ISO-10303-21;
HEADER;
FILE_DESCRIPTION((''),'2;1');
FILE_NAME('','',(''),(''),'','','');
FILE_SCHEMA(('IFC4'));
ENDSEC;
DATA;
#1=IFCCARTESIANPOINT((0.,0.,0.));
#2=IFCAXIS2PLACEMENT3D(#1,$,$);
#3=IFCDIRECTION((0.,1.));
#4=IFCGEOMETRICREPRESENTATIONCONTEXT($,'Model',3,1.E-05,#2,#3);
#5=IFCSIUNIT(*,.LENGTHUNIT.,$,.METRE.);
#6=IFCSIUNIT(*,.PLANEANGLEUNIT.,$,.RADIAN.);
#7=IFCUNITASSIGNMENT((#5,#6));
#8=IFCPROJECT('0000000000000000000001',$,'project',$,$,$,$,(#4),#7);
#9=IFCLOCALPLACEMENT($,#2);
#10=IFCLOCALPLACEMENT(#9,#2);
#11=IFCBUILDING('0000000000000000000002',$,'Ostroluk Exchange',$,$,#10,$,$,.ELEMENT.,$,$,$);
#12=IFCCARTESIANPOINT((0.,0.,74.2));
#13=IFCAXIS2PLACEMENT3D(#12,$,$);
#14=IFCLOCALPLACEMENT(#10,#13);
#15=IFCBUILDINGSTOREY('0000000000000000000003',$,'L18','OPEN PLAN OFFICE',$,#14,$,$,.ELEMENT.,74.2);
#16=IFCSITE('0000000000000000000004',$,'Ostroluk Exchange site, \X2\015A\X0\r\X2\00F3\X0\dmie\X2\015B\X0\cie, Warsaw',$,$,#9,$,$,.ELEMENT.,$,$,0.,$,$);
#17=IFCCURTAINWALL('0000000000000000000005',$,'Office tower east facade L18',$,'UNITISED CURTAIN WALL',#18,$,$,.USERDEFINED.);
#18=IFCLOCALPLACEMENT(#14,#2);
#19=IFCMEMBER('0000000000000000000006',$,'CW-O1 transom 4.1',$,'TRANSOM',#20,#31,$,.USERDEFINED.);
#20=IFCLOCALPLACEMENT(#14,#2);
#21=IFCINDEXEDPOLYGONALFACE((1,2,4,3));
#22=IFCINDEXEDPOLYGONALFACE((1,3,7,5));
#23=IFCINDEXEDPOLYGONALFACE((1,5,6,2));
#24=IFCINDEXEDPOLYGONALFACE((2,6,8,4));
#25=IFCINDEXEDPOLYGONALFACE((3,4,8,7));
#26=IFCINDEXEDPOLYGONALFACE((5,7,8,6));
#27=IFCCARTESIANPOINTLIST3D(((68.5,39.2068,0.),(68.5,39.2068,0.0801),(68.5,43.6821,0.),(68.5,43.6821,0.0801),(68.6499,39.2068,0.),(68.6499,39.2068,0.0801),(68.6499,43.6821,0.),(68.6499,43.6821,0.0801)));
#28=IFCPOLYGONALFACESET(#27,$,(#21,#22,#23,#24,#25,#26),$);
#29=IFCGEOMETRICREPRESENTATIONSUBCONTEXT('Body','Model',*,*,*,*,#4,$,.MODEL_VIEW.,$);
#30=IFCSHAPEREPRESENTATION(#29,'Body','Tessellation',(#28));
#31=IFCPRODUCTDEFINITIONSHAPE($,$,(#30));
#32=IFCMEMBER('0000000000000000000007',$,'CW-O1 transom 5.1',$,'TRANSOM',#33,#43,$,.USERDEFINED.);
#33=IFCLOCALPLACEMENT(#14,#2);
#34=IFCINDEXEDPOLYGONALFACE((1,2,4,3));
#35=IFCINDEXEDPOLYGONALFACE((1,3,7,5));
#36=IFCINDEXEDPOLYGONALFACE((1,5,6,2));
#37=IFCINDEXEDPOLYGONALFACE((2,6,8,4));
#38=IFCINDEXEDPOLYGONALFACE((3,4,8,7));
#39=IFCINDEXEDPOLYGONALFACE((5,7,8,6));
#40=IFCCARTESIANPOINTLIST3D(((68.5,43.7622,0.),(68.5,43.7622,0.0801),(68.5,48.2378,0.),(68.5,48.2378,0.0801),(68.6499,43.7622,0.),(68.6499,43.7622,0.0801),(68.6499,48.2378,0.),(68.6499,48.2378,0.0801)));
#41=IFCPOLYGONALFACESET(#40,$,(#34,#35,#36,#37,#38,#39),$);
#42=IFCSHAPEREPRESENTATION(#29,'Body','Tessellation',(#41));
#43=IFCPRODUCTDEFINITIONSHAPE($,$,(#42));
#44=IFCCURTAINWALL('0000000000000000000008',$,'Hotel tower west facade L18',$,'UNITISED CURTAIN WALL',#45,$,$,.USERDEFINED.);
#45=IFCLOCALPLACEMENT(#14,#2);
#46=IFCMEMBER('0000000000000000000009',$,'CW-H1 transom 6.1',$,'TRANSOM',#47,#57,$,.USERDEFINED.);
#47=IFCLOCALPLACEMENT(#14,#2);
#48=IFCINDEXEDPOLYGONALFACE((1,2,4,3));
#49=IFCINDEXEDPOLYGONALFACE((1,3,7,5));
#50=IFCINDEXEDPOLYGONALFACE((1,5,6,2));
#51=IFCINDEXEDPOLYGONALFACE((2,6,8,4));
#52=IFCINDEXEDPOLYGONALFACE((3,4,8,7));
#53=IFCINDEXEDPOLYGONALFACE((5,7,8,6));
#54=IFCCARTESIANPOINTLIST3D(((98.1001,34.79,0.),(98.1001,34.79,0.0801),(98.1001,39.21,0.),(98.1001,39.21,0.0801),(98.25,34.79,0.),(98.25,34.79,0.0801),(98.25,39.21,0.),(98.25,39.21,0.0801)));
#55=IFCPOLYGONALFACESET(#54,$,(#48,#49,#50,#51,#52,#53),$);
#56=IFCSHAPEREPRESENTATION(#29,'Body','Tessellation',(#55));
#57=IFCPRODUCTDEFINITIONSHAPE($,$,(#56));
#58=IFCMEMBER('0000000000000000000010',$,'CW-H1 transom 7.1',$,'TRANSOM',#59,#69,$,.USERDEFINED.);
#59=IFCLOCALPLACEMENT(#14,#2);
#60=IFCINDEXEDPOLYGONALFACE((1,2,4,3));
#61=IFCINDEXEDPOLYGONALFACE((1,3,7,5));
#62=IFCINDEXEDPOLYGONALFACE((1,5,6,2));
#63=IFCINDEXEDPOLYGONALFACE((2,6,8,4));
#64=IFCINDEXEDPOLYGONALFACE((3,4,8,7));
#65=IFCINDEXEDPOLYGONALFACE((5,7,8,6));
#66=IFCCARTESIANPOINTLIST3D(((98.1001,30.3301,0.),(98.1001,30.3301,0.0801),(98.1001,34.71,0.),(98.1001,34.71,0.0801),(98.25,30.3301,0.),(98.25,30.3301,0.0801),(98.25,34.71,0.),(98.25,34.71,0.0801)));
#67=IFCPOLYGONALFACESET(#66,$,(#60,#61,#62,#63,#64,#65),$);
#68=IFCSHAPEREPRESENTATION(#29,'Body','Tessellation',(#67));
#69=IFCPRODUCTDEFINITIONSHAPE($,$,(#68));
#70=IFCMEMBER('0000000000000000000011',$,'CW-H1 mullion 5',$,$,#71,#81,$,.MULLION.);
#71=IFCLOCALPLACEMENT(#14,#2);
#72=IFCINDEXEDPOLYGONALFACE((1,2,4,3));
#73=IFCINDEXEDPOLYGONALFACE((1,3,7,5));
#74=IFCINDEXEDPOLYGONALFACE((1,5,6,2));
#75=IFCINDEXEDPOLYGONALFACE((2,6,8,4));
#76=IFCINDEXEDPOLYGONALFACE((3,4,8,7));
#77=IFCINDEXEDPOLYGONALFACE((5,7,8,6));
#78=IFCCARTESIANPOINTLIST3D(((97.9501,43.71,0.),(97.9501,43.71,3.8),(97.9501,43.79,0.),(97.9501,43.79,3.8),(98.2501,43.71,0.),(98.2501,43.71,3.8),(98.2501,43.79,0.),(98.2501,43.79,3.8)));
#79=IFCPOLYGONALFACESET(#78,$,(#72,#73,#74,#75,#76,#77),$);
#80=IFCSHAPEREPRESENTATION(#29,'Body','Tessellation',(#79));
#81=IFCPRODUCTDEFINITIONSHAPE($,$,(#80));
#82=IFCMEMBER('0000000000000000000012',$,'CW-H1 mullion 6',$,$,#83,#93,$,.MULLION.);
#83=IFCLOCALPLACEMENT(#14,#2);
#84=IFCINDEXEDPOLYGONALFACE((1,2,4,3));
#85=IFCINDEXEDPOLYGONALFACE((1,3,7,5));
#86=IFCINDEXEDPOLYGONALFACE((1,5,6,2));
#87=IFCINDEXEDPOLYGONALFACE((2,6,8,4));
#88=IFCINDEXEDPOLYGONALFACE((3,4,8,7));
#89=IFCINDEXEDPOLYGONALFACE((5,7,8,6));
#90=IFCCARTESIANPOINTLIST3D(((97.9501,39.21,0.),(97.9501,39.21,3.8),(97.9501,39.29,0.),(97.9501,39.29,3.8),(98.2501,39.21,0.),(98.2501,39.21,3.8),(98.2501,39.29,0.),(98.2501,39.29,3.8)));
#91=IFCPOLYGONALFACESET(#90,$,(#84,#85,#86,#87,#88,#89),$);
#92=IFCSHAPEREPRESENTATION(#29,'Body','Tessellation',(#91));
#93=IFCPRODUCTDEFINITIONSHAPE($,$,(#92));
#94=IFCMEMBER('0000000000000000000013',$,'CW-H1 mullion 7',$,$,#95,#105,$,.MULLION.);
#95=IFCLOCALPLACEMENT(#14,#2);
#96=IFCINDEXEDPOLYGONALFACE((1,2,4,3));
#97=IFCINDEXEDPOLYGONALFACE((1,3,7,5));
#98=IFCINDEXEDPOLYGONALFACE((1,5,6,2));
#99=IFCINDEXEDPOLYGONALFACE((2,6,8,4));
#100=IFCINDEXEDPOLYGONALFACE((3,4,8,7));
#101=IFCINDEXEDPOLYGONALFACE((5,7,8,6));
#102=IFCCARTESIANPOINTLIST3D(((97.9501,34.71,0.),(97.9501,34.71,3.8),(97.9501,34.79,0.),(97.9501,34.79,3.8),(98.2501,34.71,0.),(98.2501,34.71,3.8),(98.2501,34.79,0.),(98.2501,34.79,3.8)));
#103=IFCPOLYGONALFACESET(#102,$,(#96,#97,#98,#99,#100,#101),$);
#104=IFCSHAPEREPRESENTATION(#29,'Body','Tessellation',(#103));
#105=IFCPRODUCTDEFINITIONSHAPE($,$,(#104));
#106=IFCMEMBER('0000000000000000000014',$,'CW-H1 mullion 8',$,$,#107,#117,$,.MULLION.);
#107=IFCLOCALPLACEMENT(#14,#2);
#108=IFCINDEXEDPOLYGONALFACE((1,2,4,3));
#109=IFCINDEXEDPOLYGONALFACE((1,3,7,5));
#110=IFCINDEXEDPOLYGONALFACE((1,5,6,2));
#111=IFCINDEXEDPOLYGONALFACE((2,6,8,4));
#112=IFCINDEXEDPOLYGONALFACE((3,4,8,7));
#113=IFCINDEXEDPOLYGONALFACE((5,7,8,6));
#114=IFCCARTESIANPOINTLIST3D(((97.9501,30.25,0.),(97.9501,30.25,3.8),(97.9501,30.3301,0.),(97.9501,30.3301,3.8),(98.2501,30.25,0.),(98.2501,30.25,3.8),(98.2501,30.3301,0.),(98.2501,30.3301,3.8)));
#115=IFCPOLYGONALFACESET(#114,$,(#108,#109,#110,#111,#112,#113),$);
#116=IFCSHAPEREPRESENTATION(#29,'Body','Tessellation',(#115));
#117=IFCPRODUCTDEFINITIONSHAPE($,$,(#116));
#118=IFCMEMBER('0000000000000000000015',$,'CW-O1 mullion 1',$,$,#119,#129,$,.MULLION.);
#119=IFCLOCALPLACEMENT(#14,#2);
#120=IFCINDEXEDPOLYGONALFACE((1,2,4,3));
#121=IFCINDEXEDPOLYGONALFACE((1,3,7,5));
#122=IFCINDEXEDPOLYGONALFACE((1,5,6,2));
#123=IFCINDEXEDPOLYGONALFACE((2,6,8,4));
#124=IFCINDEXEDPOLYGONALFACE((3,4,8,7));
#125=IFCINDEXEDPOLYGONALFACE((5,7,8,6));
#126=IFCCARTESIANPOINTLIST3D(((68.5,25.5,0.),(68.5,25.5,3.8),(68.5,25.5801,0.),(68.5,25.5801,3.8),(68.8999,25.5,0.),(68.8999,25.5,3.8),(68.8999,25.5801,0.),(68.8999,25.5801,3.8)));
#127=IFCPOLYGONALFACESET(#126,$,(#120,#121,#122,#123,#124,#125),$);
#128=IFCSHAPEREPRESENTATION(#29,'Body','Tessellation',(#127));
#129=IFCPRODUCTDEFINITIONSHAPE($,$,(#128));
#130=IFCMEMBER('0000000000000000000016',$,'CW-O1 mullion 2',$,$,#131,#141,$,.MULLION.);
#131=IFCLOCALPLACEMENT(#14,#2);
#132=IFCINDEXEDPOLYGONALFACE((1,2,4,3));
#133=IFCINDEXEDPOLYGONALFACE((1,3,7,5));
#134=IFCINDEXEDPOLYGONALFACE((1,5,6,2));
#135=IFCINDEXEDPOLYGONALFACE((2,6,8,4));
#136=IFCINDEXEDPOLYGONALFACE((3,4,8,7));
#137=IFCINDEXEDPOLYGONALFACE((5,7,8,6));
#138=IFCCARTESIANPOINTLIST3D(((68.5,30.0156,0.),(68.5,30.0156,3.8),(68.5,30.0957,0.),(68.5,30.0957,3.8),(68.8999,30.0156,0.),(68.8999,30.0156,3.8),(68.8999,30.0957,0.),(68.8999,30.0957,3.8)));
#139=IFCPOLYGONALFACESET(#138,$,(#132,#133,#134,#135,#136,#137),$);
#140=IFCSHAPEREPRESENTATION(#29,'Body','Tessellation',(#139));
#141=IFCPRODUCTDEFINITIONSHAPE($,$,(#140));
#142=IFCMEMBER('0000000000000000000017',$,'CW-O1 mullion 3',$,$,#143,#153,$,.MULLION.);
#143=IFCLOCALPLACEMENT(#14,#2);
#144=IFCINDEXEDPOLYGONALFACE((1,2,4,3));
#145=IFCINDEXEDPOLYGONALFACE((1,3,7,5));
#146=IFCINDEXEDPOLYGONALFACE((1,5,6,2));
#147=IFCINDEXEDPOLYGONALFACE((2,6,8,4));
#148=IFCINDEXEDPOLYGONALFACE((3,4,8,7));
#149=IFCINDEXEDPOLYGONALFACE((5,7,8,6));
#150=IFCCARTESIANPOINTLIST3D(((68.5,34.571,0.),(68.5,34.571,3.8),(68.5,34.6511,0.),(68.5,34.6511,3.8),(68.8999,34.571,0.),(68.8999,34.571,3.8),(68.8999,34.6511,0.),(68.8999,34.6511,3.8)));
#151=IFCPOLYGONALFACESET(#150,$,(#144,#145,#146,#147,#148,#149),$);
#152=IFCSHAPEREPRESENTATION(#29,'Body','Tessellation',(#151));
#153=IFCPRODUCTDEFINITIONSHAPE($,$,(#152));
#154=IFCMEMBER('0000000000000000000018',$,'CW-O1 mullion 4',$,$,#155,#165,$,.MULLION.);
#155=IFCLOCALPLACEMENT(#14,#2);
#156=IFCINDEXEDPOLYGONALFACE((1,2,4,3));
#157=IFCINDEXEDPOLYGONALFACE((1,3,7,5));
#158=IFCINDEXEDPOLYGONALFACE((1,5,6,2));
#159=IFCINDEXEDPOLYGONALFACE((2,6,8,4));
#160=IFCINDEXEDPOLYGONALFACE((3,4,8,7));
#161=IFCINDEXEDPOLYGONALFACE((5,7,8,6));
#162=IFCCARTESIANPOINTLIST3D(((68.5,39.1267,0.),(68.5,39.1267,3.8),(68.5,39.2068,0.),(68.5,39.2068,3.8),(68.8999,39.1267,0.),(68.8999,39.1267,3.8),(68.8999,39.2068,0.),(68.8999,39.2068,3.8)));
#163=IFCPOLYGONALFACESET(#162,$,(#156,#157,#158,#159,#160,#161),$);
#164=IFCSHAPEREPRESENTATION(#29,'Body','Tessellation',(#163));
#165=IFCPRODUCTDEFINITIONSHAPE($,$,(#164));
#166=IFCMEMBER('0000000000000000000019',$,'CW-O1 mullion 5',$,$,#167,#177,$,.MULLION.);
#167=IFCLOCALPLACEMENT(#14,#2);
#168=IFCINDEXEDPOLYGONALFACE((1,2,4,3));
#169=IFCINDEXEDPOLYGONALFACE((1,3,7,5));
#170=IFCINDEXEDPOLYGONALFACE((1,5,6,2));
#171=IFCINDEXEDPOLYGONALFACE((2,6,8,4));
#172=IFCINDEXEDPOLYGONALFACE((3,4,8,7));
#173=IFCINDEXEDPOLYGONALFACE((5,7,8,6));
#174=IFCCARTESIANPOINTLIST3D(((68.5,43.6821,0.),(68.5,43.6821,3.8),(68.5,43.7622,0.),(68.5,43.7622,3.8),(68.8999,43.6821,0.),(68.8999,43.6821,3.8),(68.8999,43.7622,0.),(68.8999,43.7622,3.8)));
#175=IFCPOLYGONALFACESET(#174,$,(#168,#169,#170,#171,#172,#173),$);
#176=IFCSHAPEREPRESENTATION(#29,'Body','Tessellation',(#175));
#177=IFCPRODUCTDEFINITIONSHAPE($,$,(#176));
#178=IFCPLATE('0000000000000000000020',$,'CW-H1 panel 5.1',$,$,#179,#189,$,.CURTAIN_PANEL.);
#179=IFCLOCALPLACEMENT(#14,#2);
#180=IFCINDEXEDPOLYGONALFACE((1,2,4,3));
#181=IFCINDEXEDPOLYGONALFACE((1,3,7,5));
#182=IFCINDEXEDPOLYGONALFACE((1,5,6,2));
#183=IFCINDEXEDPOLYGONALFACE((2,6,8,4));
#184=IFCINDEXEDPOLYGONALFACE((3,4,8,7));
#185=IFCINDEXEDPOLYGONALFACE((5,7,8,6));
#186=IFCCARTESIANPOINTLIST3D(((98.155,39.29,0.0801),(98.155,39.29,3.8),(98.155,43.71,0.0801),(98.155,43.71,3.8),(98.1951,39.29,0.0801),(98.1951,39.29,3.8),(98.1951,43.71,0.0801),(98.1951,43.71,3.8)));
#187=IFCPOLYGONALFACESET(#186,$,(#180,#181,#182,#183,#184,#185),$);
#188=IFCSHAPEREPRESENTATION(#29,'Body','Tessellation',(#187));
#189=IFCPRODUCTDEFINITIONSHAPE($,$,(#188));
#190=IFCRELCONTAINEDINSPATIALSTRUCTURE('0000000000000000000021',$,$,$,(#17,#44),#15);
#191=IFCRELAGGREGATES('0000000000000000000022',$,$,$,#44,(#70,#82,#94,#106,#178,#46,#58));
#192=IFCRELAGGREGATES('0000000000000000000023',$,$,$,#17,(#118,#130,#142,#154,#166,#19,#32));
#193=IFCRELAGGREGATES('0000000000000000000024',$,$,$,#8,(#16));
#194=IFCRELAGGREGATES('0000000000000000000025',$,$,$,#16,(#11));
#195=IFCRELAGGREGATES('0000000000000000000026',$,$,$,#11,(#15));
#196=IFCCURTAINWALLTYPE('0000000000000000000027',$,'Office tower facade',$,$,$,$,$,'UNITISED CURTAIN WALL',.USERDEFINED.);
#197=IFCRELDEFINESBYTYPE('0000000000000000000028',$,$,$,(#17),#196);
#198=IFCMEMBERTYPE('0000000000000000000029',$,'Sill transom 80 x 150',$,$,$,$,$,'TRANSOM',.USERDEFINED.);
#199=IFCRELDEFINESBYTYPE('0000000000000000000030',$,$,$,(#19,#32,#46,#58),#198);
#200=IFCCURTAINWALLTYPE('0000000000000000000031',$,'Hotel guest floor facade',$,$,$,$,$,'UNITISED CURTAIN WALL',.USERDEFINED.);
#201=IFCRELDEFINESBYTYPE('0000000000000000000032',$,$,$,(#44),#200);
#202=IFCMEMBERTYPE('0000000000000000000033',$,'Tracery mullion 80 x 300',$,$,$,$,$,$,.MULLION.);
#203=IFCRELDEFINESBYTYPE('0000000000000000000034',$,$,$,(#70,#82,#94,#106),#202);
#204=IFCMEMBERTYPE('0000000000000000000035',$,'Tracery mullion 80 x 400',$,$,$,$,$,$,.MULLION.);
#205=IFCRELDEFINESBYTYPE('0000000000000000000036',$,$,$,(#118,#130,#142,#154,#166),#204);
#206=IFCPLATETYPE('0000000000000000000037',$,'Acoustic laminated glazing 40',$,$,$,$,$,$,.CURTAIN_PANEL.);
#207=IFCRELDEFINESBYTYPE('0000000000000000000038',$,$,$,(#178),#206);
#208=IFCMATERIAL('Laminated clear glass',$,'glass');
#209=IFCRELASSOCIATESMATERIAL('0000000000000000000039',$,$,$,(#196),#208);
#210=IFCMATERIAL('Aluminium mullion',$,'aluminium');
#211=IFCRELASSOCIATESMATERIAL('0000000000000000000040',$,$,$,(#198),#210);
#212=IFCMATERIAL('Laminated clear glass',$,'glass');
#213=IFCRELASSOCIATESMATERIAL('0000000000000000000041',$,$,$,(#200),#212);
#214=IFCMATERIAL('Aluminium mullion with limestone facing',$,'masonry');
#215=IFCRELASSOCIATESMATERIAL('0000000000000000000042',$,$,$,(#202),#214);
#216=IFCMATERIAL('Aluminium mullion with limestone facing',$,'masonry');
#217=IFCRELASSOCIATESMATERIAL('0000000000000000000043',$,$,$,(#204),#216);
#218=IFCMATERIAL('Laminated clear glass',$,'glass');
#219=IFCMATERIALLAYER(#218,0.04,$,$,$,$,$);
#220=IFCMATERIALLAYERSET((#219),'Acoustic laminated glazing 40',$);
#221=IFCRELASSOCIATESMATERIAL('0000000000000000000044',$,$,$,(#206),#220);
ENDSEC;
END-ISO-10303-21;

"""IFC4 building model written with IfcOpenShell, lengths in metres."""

from ifc_helpers import new_model, si_unit, direction, frame, origin, origin_2d, place, context, subcontext, project, spatial, rectangle, extrude, material, layer, layer_set, material_profile, profile_set, type_object, element, aggregate, save


model = new_model("IFC4")

# Units and contexts
model_context = context("Model", 3, precision=1e-05, world=origin(), true_north=direction((0.0, 1.0)))
body_context = subcontext(model_context, "Body", "Model", "MODEL_VIEW")
ifc_project = project(units=[si_unit("LENGTHUNIT", "METRE"), si_unit("PLANEANGLEUNIT", "RADIAN")], contexts=[model_context])

# Site, building, storey
site_placement = place(None, origin())
site = spatial("IfcSite", under=ifc_project, at=site_placement, Name="Ostroluk Exchange site, Śródmieście, Warsaw", CompositionType="ELEMENT", RefElevation=0.0)
building_placement = place(site_placement, origin())
building = spatial("IfcBuilding", under=site, at=building_placement, Name="Ostroluk Exchange", CompositionType="ELEMENT")
storey_placement = place(building_placement, frame((0.0, 0.0, 74.2)))
storey = spatial("IfcBuildingStorey", under=building, at=storey_placement, Name="L18", Description="OPEN PLAN OFFICE", CompositionType="ELEMENT", Elevation=74.2)

# Curtain walls, members
ifc_material_1 = material(Name="Laminated clear glass", Category="glass")
curtain_wall_type_1 = type_object("IfcCurtainWallType", Name="Office tower facade", ElementType="UNITISED CURTAIN WALL", PredefinedType="USERDEFINED", material=ifc_material_1)
curtain_wall_1_placement = place(storey_placement, origin())
curtain_wall_1 = element("IfcCurtainWall", 1, at=curtain_wall_1_placement, inside=storey, type_object=curtain_wall_type_1, Name="Office tower east facade L18", ObjectType="UNITISED CURTAIN WALL", PredefinedType="USERDEFINED")
ifc_material_2 = material(Name="Aluminium mullion", Category="aluminium")
ifc_material_profile_1 = material_profile(ifc_material_2, rectangle(XDim=0.1499, YDim=0.0801, at=origin_2d()), Name="Sill transom 80 x 150")
ifc_profile_set_1 = profile_set([ifc_material_profile_1], Name="Aluminium mullion")
member_type_1 = type_object("IfcMemberType", Name="Sill transom 80 x 150", ElementType="TRANSOM", PredefinedType="USERDEFINED", material=ifc_profile_set_1)
member_1_placement = place(storey_placement, frame((68.575, 39.2068, 0.04), z_axis=(0.0, 1.0, 0.0), x_axis=(-1.0, 0.0, 0.0)))
member_1 = element("IfcMember", 2, at=member_1_placement, type_object=member_type_1, Name="CW-O1 transom 4.1", ObjectType="TRANSOM", PredefinedType="USERDEFINED", context=body_context, shape_type="SweptSolid", body=[
    extrude(rectangle(XDim=0.1499, YDim=0.0801, at=origin_2d()), origin(), (0.0, 0.0, 1.0), 4.4753),
])
member_2_placement = place(storey_placement, frame((68.575, 43.7622, 0.04), z_axis=(0.0, 1.0, 0.0), x_axis=(-1.0, 0.0, 0.0)))
member_2 = element("IfcMember", 3, at=member_2_placement, type_object=member_type_1, Name="CW-O1 transom 5.1", ObjectType="TRANSOM", PredefinedType="USERDEFINED", context=body_context, shape_type="SweptSolid", body=[
    extrude(rectangle(XDim=0.1499, YDim=0.0801, at=origin_2d()), origin(), (0.0, 0.0, 1.0), 4.4756),
])
ifc_material_3 = material(Name="Laminated clear glass", Category="glass")
curtain_wall_type_2 = type_object("IfcCurtainWallType", Name="Hotel guest floor facade", ElementType="UNITISED CURTAIN WALL", PredefinedType="USERDEFINED", material=ifc_material_3)
curtain_wall_2_placement = place(storey_placement, origin())
curtain_wall_2 = element("IfcCurtainWall", 4, at=curtain_wall_2_placement, inside=storey, type_object=curtain_wall_type_2, Name="Hotel tower west facade L18", ObjectType="UNITISED CURTAIN WALL", PredefinedType="USERDEFINED")
member_3_placement = place(storey_placement, frame((98.175, 39.21, 0.04), z_axis=(0.0, -1.0, 0.0), x_axis=(1.0, 0.0, 0.0)))
member_3 = element("IfcMember", 5, at=member_3_placement, type_object=member_type_1, Name="CW-H1 transom 6.1", ObjectType="TRANSOM", PredefinedType="USERDEFINED", context=body_context, shape_type="SweptSolid", body=[
    extrude(rectangle(XDim=0.1499, YDim=0.0801, at=origin_2d()), origin(), (0.0, 0.0, 1.0), 4.4199),
])
member_4_placement = place(storey_placement, frame((98.175, 34.71, 0.04), z_axis=(0.0, -1.0, 0.0), x_axis=(1.0, 0.0, 0.0)))
member_4 = element("IfcMember", 6, at=member_4_placement, type_object=member_type_1, Name="CW-H1 transom 7.1", ObjectType="TRANSOM", PredefinedType="USERDEFINED", context=body_context, shape_type="SweptSolid", body=[
    extrude(rectangle(XDim=0.1499, YDim=0.0801, at=origin_2d()), origin(), (0.0, 0.0, 1.0), 4.3799),
])
ifc_material_4 = material(Name="Aluminium mullion with limestone facing", Category="masonry")
ifc_material_profile_2 = material_profile(ifc_material_4, rectangle(XDim=0.3, YDim=0.0801, at=origin_2d()), Name="Tracery mullion 80 x 300")
ifc_profile_set_2 = profile_set([ifc_material_profile_2], Name="Aluminium mullion with limestone facing")
member_type_2 = type_object("IfcMemberType", Name="Tracery mullion 80 x 300", PredefinedType="MULLION", material=ifc_profile_set_2)
member_5_placement = place(storey_placement, frame((98.1001, 43.75, 0.0), z_axis=(0.0, 0.0, 1.0), x_axis=(1.0, 0.0, 0.0)))
member_5 = element("IfcMember", 7, at=member_5_placement, type_object=member_type_2, Name="CW-H1 mullion 5", PredefinedType="MULLION", context=body_context, shape_type="SweptSolid", body=[
    extrude(rectangle(XDim=0.3, YDim=0.0801, at=origin_2d()), origin(), (0.0, 0.0, 1.0), 3.8),
])
member_6_placement = place(storey_placement, frame((98.1001, 39.25, 0.0), z_axis=(0.0, 0.0, 1.0), x_axis=(1.0, 0.0, 0.0)))
member_6 = element("IfcMember", 8, at=member_6_placement, type_object=member_type_2, Name="CW-H1 mullion 6", PredefinedType="MULLION", context=body_context, shape_type="SweptSolid", body=[
    extrude(rectangle(XDim=0.3, YDim=0.0801, at=origin_2d()), origin(), (0.0, 0.0, 1.0), 3.8),
])
member_7_placement = place(storey_placement, frame((98.1001, 34.75, 0.0), z_axis=(0.0, 0.0, 1.0), x_axis=(1.0, 0.0, 0.0)))
member_7 = element("IfcMember", 9, at=member_7_placement, type_object=member_type_2, Name="CW-H1 mullion 7", PredefinedType="MULLION", context=body_context, shape_type="SweptSolid", body=[
    extrude(rectangle(XDim=0.3, YDim=0.0801, at=origin_2d()), origin(), (0.0, 0.0, 1.0), 3.8),
])
member_8_placement = place(storey_placement, frame((98.1001, 30.29, 0.0), z_axis=(0.0, 0.0, 1.0), x_axis=(1.0, 0.0, 0.0)))
member_8 = element("IfcMember", 10, at=member_8_placement, type_object=member_type_2, Name="CW-H1 mullion 8", PredefinedType="MULLION", context=body_context, shape_type="SweptSolid", body=[
    extrude(rectangle(XDim=0.3, YDim=0.0801, at=origin_2d()), origin(), (0.0, 0.0, 1.0), 3.8),
])

# Members
ifc_material_5 = material(Name="Aluminium mullion with limestone facing", Category="masonry")
ifc_material_profile_3 = material_profile(ifc_material_5, rectangle(XDim=0.3999, YDim=0.0801, at=origin_2d()), Name="Tracery mullion 80 x 400")
ifc_profile_set_3 = profile_set([ifc_material_profile_3], Name="Aluminium mullion with limestone facing")
member_type_3 = type_object("IfcMemberType", Name="Tracery mullion 80 x 400", PredefinedType="MULLION", material=ifc_profile_set_3)
member_9_placement = place(storey_placement, frame((68.7, 25.54, 0.0), z_axis=(0.0, 0.0, 1.0), x_axis=(-1.0, 0.0, 0.0)))
member_9 = element("IfcMember", 11, at=member_9_placement, type_object=member_type_3, Name="CW-O1 mullion 1", PredefinedType="MULLION", context=body_context, shape_type="SweptSolid", body=[
    extrude(rectangle(XDim=0.3999, YDim=0.0801, at=origin_2d()), origin(), (0.0, 0.0, 1.0), 3.8),
])
member_10_placement = place(storey_placement, frame((68.7, 30.0557, 0.0), z_axis=(0.0, 0.0, 1.0), x_axis=(-1.0, 0.0, 0.0)))
member_10 = element("IfcMember", 12, at=member_10_placement, type_object=member_type_3, Name="CW-O1 mullion 2", PredefinedType="MULLION", context=body_context, shape_type="SweptSolid", body=[
    extrude(rectangle(XDim=0.3999, YDim=0.0801, at=origin_2d()), origin(), (0.0, 0.0, 1.0), 3.8),
])
member_11_placement = place(storey_placement, frame((68.7, 34.6111, 0.0), z_axis=(0.0, 0.0, 1.0), x_axis=(-1.0, 0.0, 0.0)))
member_11 = element("IfcMember", 13, at=member_11_placement, type_object=member_type_3, Name="CW-O1 mullion 3", PredefinedType="MULLION", context=body_context, shape_type="SweptSolid", body=[
    extrude(rectangle(XDim=0.3999, YDim=0.0801, at=origin_2d()), origin(), (0.0, 0.0, 1.0), 3.8),
])
member_12_placement = place(storey_placement, frame((68.7, 39.1667, 0.0), z_axis=(0.0, 0.0, 1.0), x_axis=(-1.0, 0.0, 0.0)))
member_12 = element("IfcMember", 14, at=member_12_placement, type_object=member_type_3, Name="CW-O1 mullion 4", PredefinedType="MULLION", context=body_context, shape_type="SweptSolid", body=[
    extrude(rectangle(XDim=0.3999, YDim=0.0801, at=origin_2d()), origin(), (0.0, 0.0, 1.0), 3.8),
])
member_13_placement = place(storey_placement, frame((68.7, 43.7222, 0.0), z_axis=(0.0, 0.0, 1.0), x_axis=(-1.0, 0.0, 0.0)))
member_13 = element("IfcMember", 15, at=member_13_placement, type_object=member_type_3, Name="CW-O1 mullion 5", PredefinedType="MULLION", context=body_context, shape_type="SweptSolid", body=[
    extrude(rectangle(XDim=0.3999, YDim=0.0801, at=origin_2d()), origin(), (0.0, 0.0, 1.0), 3.8),
])

# Plate
ifc_material_6 = material(Name="Laminated clear glass", Category="glass")
ifc_layer_1 = layer(ifc_material_6, 0.04)
ifc_layer_set_1 = layer_set([ifc_layer_1], Name="Acoustic laminated glazing 40")
plate_type_1 = type_object("IfcPlateType", Name="Acoustic laminated glazing 40", PredefinedType="CURTAIN_PANEL", material=ifc_layer_set_1)
plate_1_placement = place(storey_placement, frame((98.175, 41.5, 0.0801), z_axis=(0.0, 0.0, 1.0), x_axis=(0.0, -1.0, 0.0)))
plate_1 = element("IfcPlate", 16, at=plate_1_placement, type_object=plate_type_1, Name="CW-H1 panel 5.1", PredefinedType="CURTAIN_PANEL", context=body_context, shape_type="SweptSolid", body=[
    extrude(rectangle(XDim=4.4199, YDim=0.04, at=origin_2d()), origin(), (0.0, 0.0, 1.0), 3.72),
])
aggregate(curtain_wall_2, [member_5, member_6, member_7, member_8, plate_1, member_3, member_4])
aggregate(curtain_wall_1, [member_9, member_10, member_11, member_12, member_13, member_1, member_2])

save(model, "model.ifc")
